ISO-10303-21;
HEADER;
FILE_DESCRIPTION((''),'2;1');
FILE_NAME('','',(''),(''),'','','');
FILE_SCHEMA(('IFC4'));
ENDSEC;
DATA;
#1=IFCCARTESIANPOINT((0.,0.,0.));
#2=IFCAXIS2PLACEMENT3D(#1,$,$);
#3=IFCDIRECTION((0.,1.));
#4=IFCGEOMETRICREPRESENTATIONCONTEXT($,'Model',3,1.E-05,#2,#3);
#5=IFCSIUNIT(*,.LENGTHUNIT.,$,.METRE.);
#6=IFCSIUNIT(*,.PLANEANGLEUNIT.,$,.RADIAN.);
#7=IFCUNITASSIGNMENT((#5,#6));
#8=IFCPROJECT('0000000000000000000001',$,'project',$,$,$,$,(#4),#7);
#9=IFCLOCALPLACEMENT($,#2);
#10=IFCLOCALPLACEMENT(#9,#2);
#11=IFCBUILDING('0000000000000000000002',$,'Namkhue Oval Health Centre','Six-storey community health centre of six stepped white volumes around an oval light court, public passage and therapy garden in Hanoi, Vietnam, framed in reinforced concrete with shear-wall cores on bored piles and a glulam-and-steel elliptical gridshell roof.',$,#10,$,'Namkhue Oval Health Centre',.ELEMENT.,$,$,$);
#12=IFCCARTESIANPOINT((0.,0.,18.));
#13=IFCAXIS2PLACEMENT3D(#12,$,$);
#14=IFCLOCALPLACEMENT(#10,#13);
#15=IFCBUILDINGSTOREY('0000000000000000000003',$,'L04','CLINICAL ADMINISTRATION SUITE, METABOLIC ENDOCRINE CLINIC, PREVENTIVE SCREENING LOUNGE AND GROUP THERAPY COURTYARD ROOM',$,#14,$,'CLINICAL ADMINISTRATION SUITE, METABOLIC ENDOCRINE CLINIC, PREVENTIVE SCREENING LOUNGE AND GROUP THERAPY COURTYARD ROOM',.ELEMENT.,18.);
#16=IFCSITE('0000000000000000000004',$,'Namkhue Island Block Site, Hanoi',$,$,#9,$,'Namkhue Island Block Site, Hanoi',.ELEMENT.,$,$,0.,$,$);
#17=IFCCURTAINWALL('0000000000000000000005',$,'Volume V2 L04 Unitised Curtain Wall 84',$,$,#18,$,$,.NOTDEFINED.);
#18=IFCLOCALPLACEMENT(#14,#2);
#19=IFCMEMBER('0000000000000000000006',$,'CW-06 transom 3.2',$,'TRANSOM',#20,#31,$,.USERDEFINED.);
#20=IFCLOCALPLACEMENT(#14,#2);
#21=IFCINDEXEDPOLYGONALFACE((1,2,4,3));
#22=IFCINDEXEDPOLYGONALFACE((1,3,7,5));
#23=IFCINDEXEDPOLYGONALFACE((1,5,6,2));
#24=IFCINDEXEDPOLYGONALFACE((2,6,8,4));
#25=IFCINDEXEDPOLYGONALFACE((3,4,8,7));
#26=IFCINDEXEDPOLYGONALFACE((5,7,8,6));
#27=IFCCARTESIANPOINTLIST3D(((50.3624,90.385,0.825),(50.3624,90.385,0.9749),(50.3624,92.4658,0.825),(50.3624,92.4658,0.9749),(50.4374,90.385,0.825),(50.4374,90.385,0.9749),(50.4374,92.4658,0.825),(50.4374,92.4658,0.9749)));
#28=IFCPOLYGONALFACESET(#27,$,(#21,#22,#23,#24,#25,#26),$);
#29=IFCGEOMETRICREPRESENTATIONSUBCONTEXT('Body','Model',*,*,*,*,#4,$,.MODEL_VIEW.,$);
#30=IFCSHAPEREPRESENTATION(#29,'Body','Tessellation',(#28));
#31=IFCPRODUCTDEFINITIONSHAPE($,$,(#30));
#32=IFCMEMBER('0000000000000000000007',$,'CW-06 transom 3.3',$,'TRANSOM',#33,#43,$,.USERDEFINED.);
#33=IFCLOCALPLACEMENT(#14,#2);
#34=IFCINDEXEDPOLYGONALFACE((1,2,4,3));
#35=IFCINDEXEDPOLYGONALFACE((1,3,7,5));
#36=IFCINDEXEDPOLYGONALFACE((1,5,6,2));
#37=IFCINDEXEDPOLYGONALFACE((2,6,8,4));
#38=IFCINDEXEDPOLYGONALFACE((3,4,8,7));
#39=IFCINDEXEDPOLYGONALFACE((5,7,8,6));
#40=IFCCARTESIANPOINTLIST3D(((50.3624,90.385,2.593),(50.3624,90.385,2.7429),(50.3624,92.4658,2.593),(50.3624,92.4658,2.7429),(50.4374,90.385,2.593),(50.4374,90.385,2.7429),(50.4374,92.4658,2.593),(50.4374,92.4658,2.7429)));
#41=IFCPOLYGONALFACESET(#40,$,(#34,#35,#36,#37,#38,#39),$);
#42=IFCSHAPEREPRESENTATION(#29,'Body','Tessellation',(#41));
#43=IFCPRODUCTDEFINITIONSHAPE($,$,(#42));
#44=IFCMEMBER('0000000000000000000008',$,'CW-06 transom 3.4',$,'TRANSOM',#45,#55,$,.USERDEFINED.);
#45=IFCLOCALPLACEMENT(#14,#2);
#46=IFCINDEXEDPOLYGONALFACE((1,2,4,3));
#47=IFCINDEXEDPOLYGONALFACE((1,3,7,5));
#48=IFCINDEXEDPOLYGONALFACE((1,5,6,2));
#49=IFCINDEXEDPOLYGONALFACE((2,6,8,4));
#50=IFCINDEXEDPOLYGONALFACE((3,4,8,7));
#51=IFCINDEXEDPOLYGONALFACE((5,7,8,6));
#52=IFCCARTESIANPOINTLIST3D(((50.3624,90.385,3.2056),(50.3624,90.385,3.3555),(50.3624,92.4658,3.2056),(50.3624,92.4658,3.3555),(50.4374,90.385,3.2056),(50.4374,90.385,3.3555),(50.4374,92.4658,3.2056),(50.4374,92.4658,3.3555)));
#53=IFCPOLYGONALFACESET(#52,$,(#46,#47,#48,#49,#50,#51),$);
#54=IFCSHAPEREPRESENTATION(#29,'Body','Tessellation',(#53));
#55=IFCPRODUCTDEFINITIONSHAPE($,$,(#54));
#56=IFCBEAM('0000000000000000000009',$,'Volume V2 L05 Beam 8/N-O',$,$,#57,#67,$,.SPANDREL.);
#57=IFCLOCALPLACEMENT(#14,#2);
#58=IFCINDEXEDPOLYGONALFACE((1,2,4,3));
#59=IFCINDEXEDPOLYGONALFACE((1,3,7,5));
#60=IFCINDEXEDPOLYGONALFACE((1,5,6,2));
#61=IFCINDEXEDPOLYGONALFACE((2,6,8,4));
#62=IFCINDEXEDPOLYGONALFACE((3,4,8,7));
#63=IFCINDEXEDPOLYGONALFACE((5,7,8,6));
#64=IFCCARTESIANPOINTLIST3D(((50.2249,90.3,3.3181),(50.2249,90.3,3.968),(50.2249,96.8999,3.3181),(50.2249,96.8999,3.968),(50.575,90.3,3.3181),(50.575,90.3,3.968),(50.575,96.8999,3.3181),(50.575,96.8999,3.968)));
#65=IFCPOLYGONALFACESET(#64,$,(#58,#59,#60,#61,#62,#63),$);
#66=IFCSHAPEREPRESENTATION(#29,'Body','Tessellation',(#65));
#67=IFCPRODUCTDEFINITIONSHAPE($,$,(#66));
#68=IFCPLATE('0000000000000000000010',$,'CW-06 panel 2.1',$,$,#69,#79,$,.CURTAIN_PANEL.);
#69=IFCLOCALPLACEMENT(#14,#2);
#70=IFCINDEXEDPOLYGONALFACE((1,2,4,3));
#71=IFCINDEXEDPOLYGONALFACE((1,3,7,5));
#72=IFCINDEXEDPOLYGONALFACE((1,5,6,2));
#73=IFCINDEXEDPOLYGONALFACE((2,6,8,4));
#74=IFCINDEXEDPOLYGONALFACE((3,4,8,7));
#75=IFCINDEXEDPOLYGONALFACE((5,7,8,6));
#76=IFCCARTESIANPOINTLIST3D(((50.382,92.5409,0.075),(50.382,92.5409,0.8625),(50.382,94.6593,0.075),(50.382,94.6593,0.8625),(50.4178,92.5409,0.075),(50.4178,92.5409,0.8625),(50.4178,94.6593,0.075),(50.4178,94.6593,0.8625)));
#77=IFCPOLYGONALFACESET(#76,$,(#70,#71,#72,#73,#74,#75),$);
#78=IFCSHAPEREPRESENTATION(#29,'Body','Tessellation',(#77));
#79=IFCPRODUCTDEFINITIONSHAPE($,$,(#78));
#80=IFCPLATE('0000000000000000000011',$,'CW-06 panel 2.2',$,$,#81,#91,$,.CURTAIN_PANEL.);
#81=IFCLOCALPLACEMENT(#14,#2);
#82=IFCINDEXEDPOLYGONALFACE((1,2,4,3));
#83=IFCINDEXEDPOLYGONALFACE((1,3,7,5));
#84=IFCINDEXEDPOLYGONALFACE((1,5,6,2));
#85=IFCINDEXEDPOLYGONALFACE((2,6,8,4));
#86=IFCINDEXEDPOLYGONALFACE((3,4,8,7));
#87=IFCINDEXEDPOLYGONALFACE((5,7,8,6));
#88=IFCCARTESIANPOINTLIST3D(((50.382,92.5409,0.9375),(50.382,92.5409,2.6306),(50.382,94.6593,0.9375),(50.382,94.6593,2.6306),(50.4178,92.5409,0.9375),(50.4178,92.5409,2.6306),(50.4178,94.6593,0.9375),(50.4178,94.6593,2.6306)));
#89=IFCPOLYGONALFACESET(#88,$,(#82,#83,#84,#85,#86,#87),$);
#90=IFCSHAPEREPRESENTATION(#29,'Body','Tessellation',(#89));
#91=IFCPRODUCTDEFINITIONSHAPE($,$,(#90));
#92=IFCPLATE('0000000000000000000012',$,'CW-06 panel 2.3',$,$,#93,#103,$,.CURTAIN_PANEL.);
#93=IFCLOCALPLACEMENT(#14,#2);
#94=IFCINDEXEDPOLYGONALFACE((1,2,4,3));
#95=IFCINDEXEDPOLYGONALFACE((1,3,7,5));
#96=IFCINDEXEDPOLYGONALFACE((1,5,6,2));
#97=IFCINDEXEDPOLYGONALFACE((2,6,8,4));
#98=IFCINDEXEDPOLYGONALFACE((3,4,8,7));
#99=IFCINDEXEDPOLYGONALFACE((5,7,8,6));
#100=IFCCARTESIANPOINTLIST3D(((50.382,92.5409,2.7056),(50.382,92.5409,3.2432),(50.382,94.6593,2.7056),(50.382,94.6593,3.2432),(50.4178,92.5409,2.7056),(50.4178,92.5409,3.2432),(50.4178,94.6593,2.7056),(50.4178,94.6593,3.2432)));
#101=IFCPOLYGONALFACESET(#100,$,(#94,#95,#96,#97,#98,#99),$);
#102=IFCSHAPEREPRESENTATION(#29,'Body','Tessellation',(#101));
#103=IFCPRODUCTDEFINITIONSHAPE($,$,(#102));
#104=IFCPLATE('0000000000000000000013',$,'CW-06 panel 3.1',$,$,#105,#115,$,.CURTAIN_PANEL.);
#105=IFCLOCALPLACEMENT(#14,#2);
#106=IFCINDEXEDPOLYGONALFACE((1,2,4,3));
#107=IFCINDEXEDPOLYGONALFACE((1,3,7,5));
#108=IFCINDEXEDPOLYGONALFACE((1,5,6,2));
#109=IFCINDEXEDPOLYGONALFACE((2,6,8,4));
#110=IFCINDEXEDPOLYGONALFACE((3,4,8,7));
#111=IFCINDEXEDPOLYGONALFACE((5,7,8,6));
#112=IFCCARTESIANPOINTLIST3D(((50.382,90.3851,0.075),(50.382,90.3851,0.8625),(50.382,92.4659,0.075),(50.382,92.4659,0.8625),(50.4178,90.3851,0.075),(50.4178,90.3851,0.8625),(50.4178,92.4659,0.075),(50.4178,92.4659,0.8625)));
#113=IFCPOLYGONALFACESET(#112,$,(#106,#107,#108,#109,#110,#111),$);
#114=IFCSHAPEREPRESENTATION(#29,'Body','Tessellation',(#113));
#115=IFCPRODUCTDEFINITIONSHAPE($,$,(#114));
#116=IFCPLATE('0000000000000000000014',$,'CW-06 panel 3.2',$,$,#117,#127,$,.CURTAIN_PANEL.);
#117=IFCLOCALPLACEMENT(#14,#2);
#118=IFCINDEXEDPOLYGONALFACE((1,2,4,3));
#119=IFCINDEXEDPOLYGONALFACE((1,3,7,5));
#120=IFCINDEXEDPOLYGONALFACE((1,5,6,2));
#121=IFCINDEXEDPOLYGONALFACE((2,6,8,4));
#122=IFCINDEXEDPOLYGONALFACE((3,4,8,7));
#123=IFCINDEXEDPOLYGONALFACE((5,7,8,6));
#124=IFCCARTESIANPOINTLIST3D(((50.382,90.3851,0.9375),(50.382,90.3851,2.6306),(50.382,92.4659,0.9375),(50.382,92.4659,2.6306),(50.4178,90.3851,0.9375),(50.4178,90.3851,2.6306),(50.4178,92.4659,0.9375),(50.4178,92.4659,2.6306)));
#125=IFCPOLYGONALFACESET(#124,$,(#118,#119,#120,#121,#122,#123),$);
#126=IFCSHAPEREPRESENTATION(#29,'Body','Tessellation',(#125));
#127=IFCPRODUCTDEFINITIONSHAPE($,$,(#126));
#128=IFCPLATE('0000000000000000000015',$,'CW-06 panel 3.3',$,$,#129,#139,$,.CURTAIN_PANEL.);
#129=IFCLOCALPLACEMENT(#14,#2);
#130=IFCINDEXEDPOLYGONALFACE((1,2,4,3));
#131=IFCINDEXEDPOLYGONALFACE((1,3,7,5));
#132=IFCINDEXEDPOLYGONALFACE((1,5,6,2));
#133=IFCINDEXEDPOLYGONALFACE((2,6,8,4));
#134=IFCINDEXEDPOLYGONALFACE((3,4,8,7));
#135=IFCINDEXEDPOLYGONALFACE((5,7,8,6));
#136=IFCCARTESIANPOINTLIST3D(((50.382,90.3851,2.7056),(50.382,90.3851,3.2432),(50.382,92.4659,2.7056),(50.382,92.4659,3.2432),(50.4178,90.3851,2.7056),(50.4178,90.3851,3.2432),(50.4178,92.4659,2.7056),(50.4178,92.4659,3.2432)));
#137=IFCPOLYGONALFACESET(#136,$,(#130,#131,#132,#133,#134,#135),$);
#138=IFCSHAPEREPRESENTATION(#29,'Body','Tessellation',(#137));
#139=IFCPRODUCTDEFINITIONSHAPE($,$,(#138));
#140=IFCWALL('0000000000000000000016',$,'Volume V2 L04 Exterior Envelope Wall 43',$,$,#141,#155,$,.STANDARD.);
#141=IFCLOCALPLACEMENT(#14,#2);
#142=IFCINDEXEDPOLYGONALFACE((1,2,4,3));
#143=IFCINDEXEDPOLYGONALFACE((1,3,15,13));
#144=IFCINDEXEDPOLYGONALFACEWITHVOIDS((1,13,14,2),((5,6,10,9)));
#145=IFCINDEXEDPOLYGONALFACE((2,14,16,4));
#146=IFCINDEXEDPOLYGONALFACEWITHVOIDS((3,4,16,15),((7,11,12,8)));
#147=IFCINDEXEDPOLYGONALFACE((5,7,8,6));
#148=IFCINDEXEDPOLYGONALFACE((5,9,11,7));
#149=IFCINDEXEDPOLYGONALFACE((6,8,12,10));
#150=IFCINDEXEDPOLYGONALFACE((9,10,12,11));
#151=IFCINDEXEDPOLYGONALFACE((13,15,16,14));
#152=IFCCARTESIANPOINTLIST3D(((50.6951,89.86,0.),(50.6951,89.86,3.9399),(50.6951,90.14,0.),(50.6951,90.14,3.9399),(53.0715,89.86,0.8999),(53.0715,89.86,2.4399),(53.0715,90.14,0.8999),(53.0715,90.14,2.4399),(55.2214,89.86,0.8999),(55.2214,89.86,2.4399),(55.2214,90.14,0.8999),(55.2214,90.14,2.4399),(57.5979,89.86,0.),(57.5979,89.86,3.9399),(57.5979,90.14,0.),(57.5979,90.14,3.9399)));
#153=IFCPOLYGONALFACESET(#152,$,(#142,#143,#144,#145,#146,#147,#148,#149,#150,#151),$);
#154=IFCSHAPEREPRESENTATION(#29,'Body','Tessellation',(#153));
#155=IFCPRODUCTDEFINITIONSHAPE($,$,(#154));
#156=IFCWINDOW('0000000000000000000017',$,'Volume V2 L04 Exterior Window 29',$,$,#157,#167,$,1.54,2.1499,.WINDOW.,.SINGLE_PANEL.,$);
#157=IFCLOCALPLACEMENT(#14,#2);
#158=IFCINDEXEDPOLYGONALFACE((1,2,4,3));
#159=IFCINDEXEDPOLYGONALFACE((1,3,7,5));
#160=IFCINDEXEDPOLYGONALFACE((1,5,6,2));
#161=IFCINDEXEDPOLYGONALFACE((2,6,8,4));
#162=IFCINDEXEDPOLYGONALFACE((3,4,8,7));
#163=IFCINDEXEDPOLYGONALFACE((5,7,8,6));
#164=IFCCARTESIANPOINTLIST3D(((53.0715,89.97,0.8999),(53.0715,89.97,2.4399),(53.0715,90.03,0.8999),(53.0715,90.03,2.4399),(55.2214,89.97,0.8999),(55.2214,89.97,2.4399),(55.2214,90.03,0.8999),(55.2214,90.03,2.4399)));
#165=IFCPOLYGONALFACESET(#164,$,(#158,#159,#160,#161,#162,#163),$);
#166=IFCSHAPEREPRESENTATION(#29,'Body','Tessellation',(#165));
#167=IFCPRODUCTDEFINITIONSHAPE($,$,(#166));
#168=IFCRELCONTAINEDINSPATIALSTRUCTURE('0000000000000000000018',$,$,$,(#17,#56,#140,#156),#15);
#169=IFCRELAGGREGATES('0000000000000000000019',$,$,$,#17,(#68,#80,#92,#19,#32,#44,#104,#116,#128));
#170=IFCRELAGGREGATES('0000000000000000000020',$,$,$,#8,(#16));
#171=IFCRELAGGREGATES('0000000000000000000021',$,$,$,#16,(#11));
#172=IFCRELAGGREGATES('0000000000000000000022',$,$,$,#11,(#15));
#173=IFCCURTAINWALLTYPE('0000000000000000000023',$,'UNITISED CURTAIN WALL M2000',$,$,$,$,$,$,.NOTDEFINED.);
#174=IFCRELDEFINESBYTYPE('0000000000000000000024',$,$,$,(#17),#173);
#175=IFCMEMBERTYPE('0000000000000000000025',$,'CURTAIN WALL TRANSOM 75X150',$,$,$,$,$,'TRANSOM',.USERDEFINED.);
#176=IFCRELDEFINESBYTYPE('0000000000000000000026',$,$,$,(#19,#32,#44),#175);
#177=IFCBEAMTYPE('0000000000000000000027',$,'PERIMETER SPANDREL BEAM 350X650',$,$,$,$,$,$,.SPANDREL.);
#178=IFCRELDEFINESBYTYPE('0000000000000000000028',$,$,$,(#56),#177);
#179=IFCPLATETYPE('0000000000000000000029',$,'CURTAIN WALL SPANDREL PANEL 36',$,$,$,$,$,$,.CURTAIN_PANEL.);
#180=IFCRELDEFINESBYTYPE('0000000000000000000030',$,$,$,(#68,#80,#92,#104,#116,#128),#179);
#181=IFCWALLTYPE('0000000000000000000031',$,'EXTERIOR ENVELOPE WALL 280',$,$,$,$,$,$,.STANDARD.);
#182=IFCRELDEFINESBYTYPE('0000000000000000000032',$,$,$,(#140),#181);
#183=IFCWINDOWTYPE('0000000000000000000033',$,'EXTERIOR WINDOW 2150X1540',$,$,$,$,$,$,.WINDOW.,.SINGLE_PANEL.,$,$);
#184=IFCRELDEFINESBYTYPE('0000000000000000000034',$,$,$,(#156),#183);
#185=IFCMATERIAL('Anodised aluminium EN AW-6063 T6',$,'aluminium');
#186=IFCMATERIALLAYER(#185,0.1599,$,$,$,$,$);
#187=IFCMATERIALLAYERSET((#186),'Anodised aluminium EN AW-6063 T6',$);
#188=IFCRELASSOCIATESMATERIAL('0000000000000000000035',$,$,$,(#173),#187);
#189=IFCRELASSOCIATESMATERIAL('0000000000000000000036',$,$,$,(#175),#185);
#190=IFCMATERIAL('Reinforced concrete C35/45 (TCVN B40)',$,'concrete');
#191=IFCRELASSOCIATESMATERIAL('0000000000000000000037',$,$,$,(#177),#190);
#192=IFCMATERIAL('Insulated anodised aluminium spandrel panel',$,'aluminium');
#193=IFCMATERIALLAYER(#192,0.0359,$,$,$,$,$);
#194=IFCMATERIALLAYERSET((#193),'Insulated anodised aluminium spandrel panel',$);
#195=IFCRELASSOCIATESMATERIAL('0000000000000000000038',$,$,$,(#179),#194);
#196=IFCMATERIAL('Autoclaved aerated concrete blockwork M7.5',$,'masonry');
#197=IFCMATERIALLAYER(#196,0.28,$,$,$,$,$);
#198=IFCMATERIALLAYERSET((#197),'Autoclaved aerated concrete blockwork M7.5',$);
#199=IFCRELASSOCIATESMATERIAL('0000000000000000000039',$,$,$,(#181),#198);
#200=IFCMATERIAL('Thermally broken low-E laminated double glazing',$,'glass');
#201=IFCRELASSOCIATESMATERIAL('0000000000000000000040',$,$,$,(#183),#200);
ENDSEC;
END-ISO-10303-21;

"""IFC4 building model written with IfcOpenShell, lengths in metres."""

from ifc_helpers import new_model, si_unit, direction, frame, frame_2d, origin, origin_2d, place, context, subcontext, project, spatial, rectangle, extrude, material, layer, layer_set, material_profile, profile_set, type_object, element, fill, aggregate, save


model = new_model("IFC4")

# Units and contexts
model_context = context("Model", 3, precision=1e-05, world=origin(), true_north=direction((0.0, 1.0)))
body_context = subcontext(model_context, "Body", "Model", "MODEL_VIEW")
ifc_project = project(units=[si_unit("LENGTHUNIT", "METRE"), si_unit("PLANEANGLEUNIT", "RADIAN")], contexts=[model_context])

# Site, building, storey
site_placement = place(None, origin())
site = spatial("IfcSite", under=ifc_project, at=site_placement, Name="Namkhue Island Block Site, Hanoi", LongName="Namkhue Island Block Site, Hanoi", CompositionType="ELEMENT", RefElevation=0.0)
building_placement = place(site_placement, origin())
building = spatial("IfcBuilding", under=site, at=building_placement, Name="Namkhue Oval Health Centre", Description="Six-storey community health centre of six stepped white volumes around an oval light court, public passage and therapy garden in Hanoi, Vietnam, framed in reinforced concrete with shear-wall cores on bored piles and a glulam-and-steel elliptical gridshell roof.", LongName="Namkhue Oval Health Centre", CompositionType="ELEMENT")
storey_placement = place(building_placement, frame((0.0, 0.0, 18.0)))
storey = spatial("IfcBuildingStorey", under=building, at=storey_placement, Name="L04", Description="CLINICAL ADMINISTRATION SUITE, METABOLIC ENDOCRINE CLINIC, PREVENTIVE SCREENING LOUNGE AND GROUP THERAPY COURTYARD ROOM", LongName="CLINICAL ADMINISTRATION SUITE, METABOLIC ENDOCRINE CLINIC, PREVENTIVE SCREENING LOUNGE AND GROUP THERAPY COURTYARD ROOM", CompositionType="ELEMENT", Elevation=18.0)

# Shared definitions
ifc_material_1 = material(Name="Reinforced concrete C35/45 (TCVN B40)", Category="concrete")

# Curtain wall, members
ifc_material_2 = material(Name="Anodised aluminium EN AW-6063 T6", Category="aluminium")
ifc_layer_1 = layer(ifc_material_2, 0.1599)
ifc_layer_set_1 = layer_set([ifc_layer_1], Name="Anodised aluminium EN AW-6063 T6")
curtain_wall_type = type_object("IfcCurtainWallType", Name="UNITISED CURTAIN WALL M2000", PredefinedType="NOTDEFINED", material=ifc_layer_set_1)
curtain_wall_placement = place(storey_placement, origin())
curtain_wall = element("IfcCurtainWall", 1, at=curtain_wall_placement, inside=storey, type_object=curtain_wall_type, Name="Volume V2 L04 Unitised Curtain Wall 84", PredefinedType="NOTDEFINED")
ifc_material_profile_1 = material_profile(ifc_material_2, rectangle(XDim=0.075, YDim=0.1499, at=origin_2d()), Name="ALU 75x150")
ifc_profile_set_1 = profile_set([ifc_material_profile_1], Name="Anodised aluminium EN AW-6063 T6")
member_type_1 = type_object("IfcMemberType", Name="CURTAIN WALL TRANSOM 75X150", ElementType="TRANSOM", PredefinedType="USERDEFINED", material=ifc_profile_set_1)
member_1_placement = place(storey_placement, frame((50.3999, 92.4658, 0.8999), z_axis=(0.0, -1.0, 0.0), x_axis=(1.0, 0.0, 0.0)))
member_1 = element("IfcMember", 2, at=member_1_placement, type_object=member_type_1, Name="CW-06 transom 3.2", ObjectType="TRANSOM", PredefinedType="USERDEFINED", context=body_context, shape_type="SweptSolid", body=[
    extrude(rectangle(XDim=0.075, YDim=0.1499, at=origin_2d()), origin(), (0.0, 0.0, 1.0), 2.0808),
])
member_2_placement = place(storey_placement, frame((50.3999, 92.4658, 2.668), z_axis=(0.0, -1.0, 0.0), x_axis=(1.0, 0.0, 0.0)))
member_2 = element("IfcMember", 3, at=member_2_placement, type_object=member_type_1, Name="CW-06 transom 3.3", ObjectType="TRANSOM", PredefinedType="USERDEFINED", context=body_context, shape_type="SweptSolid", body=[
    extrude(rectangle(XDim=0.075, YDim=0.1499, at=origin_2d()), origin(), (0.0, 0.0, 1.0), 2.0808),
])
member_3_placement = place(storey_placement, frame((50.3999, 92.4658, 3.2805), z_axis=(0.0, -1.0, 0.0), x_axis=(1.0, 0.0, 0.0)))
member_3 = element("IfcMember", 4, at=member_3_placement, type_object=member_type_1, Name="CW-06 transom 3.4", ObjectType="TRANSOM", PredefinedType="USERDEFINED", context=body_context, shape_type="SweptSolid", body=[
    extrude(rectangle(XDim=0.075, YDim=0.1499, at=origin_2d()), origin(), (0.0, 0.0, 1.0), 2.0808),
])

# Beam
ifc_material_profile_2 = material_profile(ifc_material_1, rectangle(XDim=0.3501, YDim=0.6499, at=origin_2d()), Name="RC 350x650")
ifc_profile_set_2 = profile_set([ifc_material_profile_2], Name="Reinforced concrete C35/45 (TCVN B40)")
beam_type = type_object("IfcBeamType", Name="PERIMETER SPANDREL BEAM 350X650", PredefinedType="SPANDREL", material=ifc_profile_set_2)
beam_placement = place(storey_placement, frame((50.3999, 90.3, 3.6431), z_axis=(0.0, 1.0, 0.0), x_axis=(-1.0, 0.0, 0.0)))
element("IfcBeam", 5, at=beam_placement, inside=storey, type_object=beam_type, Name="Volume V2 L05 Beam 8/N-O", PredefinedType="SPANDREL", context=body_context, shape_type="SweptSolid", body=[
    extrude(rectangle(XDim=0.3501, YDim=0.6499, at=origin_2d()), origin(), (0.0, 0.0, 1.0), 6.5999),
])

# Plates
ifc_material_3 = material(Name="Insulated anodised aluminium spandrel panel", Category="aluminium")
ifc_layer_2 = layer(ifc_material_3, 0.0359)
ifc_layer_set_2 = layer_set([ifc_layer_2], Name="Insulated anodised aluminium spandrel panel")
plate_type = type_object("IfcPlateType", Name="CURTAIN WALL SPANDREL PANEL 36", PredefinedType="CURTAIN_PANEL", material=ifc_layer_set_2)
plate_1_placement = place(storey_placement, frame((50.3999, 93.6001, 0.075), z_axis=(0.0, 0.0, 1.0), x_axis=(0.0, -1.0, 0.0)))
plate_1 = element("IfcPlate", 6, at=plate_1_placement, type_object=plate_type, Name="CW-06 panel 2.1", PredefinedType="CURTAIN_PANEL", context=body_context, shape_type="SweptSolid", body=[
    extrude(rectangle(XDim=2.1184, YDim=0.0359, at=origin_2d()), origin(), (0.0, 0.0, 1.0), 0.7876),
])
plate_2_placement = place(storey_placement, frame((50.3999, 93.6001, 0.9375), z_axis=(0.0, 0.0, 1.0), x_axis=(0.0, -1.0, 0.0)))
plate_2 = element("IfcPlate", 7, at=plate_2_placement, type_object=plate_type, Name="CW-06 panel 2.2", PredefinedType="CURTAIN_PANEL", context=body_context, shape_type="SweptSolid", body=[
    extrude(rectangle(XDim=2.1184, YDim=0.0359, at=origin_2d()), origin(), (0.0, 0.0, 1.0), 1.6931),
])
plate_3_placement = place(storey_placement, frame((50.3999, 93.6001, 2.7056), z_axis=(0.0, 0.0, 1.0), x_axis=(0.0, -1.0, 0.0)))
plate_3 = element("IfcPlate", 8, at=plate_3_placement, type_object=plate_type, Name="CW-06 panel 2.3", PredefinedType="CURTAIN_PANEL", context=body_context, shape_type="SweptSolid", body=[
    extrude(rectangle(XDim=2.1184, YDim=0.0359, at=origin_2d()), origin(), (0.0, 0.0, 1.0), 0.5376),
])
plate_4_placement = place(storey_placement, frame((50.3999, 91.4255, 0.075), z_axis=(0.0, 0.0, 1.0), x_axis=(0.0, -1.0, 0.0)))
plate_4 = element("IfcPlate", 9, at=plate_4_placement, type_object=plate_type, Name="CW-06 panel 3.1", PredefinedType="CURTAIN_PANEL", context=body_context, shape_type="SweptSolid", body=[
    extrude(rectangle(XDim=2.0808, YDim=0.0359, at=origin_2d()), origin(), (0.0, 0.0, 1.0), 0.7876),
])
plate_5_placement = place(storey_placement, frame((50.3999, 91.4255, 0.9375), z_axis=(0.0, 0.0, 1.0), x_axis=(0.0, -1.0, 0.0)))
plate_5 = element("IfcPlate", 10, at=plate_5_placement, type_object=plate_type, Name="CW-06 panel 3.2", PredefinedType="CURTAIN_PANEL", context=body_context, shape_type="SweptSolid", body=[
    extrude(rectangle(XDim=2.0808, YDim=0.0359, at=origin_2d()), origin(), (0.0, 0.0, 1.0), 1.6931),
])
plate_6_placement = place(storey_placement, frame((50.3999, 91.4255, 2.7056), z_axis=(0.0, 0.0, 1.0), x_axis=(0.0, -1.0, 0.0)))
plate_6 = element("IfcPlate", 11, at=plate_6_placement, type_object=plate_type, Name="CW-06 panel 3.3", PredefinedType="CURTAIN_PANEL", context=body_context, shape_type="SweptSolid", body=[
    extrude(rectangle(XDim=2.0808, YDim=0.0359, at=origin_2d()), origin(), (0.0, 0.0, 1.0), 0.5376),
])
aggregate(curtain_wall, [plate_1, plate_2, plate_3, member_1, member_2, member_3, plate_4, plate_5, plate_6])

# Wall, opening, window
ifc_material_4 = material(Name="Autoclaved aerated concrete blockwork M7.5", Category="masonry")
ifc_layer_3 = layer(ifc_material_4, 0.28)
ifc_layer_set_3 = layer_set([ifc_layer_3], Name="Autoclaved aerated concrete blockwork M7.5")
wall_type_1 = type_object("IfcWallType", Name="EXTERIOR ENVELOPE WALL 280", PredefinedType="STANDARD", material=ifc_layer_set_3)
wall_1_placement = place(storey_placement, frame((50.6951, 90.0, 0.0), z_axis=(0.0, 0.0, 1.0), x_axis=(1.0, 0.0, 0.0)))
wall_1 = element("IfcWall", 12, at=wall_1_placement, inside=storey, type_object=wall_type_1, Name="Volume V2 L04 Exterior Envelope Wall 43", PredefinedType="STANDARD", context=body_context, shape_type="SweptSolid", body=[
    extrude(rectangle(XDim=6.9028, YDim=0.28, at=frame_2d((3.4514, 0.0))), origin(), (0.0, 0.0, 1.0), 3.9399),
])
opening_1_placement = place(wall_1_placement, frame((2.3765, 0.0, 0.8999)))
opening_1 = element("IfcOpeningElement", 13, at=opening_1_placement, cuts=wall_1, PredefinedType="OPENING", context=body_context, shape_type="SweptSolid", body=[
    extrude(rectangle(XDim=2.1499, YDim=1.54, at=frame_2d((1.075, 0.77))), frame((0.0, 0.1499, 0.0), z_axis=(0.0, -1.0, 0.0), x_axis=(1.0, 0.0, 0.0)), (0.0, 0.0, 1.0), 0.3),
])
ifc_material_5 = material(Name="Thermally broken low-E laminated double glazing", Category="glass")
window_type = type_object("IfcWindowType", Name="EXTERIOR WINDOW 2150X1540", PartitioningType="SINGLE_PANEL", PredefinedType="WINDOW", material=ifc_material_5)
window_placement = place(opening_1_placement, origin())
window = element("IfcWindow", 14, at=window_placement, inside=storey, type_object=window_type, Name="Volume V2 L04 Exterior Window 29", OverallHeight=1.54, OverallWidth=2.1499, PartitioningType="SINGLE_PANEL", PredefinedType="WINDOW", context=body_context, shape_type="SweptSolid", body=[
    extrude(rectangle(XDim=2.1499, YDim=1.54, at=frame_2d((1.075, 0.77))), frame((0.0, 0.03, 0.0), z_axis=(0.0, -1.0, 0.0), x_axis=(1.0, 0.0, 0.0)), (0.0, 0.0, 1.0), 0.0601),
])
fill(opening_1, window)

save(model, "model.ifc")
